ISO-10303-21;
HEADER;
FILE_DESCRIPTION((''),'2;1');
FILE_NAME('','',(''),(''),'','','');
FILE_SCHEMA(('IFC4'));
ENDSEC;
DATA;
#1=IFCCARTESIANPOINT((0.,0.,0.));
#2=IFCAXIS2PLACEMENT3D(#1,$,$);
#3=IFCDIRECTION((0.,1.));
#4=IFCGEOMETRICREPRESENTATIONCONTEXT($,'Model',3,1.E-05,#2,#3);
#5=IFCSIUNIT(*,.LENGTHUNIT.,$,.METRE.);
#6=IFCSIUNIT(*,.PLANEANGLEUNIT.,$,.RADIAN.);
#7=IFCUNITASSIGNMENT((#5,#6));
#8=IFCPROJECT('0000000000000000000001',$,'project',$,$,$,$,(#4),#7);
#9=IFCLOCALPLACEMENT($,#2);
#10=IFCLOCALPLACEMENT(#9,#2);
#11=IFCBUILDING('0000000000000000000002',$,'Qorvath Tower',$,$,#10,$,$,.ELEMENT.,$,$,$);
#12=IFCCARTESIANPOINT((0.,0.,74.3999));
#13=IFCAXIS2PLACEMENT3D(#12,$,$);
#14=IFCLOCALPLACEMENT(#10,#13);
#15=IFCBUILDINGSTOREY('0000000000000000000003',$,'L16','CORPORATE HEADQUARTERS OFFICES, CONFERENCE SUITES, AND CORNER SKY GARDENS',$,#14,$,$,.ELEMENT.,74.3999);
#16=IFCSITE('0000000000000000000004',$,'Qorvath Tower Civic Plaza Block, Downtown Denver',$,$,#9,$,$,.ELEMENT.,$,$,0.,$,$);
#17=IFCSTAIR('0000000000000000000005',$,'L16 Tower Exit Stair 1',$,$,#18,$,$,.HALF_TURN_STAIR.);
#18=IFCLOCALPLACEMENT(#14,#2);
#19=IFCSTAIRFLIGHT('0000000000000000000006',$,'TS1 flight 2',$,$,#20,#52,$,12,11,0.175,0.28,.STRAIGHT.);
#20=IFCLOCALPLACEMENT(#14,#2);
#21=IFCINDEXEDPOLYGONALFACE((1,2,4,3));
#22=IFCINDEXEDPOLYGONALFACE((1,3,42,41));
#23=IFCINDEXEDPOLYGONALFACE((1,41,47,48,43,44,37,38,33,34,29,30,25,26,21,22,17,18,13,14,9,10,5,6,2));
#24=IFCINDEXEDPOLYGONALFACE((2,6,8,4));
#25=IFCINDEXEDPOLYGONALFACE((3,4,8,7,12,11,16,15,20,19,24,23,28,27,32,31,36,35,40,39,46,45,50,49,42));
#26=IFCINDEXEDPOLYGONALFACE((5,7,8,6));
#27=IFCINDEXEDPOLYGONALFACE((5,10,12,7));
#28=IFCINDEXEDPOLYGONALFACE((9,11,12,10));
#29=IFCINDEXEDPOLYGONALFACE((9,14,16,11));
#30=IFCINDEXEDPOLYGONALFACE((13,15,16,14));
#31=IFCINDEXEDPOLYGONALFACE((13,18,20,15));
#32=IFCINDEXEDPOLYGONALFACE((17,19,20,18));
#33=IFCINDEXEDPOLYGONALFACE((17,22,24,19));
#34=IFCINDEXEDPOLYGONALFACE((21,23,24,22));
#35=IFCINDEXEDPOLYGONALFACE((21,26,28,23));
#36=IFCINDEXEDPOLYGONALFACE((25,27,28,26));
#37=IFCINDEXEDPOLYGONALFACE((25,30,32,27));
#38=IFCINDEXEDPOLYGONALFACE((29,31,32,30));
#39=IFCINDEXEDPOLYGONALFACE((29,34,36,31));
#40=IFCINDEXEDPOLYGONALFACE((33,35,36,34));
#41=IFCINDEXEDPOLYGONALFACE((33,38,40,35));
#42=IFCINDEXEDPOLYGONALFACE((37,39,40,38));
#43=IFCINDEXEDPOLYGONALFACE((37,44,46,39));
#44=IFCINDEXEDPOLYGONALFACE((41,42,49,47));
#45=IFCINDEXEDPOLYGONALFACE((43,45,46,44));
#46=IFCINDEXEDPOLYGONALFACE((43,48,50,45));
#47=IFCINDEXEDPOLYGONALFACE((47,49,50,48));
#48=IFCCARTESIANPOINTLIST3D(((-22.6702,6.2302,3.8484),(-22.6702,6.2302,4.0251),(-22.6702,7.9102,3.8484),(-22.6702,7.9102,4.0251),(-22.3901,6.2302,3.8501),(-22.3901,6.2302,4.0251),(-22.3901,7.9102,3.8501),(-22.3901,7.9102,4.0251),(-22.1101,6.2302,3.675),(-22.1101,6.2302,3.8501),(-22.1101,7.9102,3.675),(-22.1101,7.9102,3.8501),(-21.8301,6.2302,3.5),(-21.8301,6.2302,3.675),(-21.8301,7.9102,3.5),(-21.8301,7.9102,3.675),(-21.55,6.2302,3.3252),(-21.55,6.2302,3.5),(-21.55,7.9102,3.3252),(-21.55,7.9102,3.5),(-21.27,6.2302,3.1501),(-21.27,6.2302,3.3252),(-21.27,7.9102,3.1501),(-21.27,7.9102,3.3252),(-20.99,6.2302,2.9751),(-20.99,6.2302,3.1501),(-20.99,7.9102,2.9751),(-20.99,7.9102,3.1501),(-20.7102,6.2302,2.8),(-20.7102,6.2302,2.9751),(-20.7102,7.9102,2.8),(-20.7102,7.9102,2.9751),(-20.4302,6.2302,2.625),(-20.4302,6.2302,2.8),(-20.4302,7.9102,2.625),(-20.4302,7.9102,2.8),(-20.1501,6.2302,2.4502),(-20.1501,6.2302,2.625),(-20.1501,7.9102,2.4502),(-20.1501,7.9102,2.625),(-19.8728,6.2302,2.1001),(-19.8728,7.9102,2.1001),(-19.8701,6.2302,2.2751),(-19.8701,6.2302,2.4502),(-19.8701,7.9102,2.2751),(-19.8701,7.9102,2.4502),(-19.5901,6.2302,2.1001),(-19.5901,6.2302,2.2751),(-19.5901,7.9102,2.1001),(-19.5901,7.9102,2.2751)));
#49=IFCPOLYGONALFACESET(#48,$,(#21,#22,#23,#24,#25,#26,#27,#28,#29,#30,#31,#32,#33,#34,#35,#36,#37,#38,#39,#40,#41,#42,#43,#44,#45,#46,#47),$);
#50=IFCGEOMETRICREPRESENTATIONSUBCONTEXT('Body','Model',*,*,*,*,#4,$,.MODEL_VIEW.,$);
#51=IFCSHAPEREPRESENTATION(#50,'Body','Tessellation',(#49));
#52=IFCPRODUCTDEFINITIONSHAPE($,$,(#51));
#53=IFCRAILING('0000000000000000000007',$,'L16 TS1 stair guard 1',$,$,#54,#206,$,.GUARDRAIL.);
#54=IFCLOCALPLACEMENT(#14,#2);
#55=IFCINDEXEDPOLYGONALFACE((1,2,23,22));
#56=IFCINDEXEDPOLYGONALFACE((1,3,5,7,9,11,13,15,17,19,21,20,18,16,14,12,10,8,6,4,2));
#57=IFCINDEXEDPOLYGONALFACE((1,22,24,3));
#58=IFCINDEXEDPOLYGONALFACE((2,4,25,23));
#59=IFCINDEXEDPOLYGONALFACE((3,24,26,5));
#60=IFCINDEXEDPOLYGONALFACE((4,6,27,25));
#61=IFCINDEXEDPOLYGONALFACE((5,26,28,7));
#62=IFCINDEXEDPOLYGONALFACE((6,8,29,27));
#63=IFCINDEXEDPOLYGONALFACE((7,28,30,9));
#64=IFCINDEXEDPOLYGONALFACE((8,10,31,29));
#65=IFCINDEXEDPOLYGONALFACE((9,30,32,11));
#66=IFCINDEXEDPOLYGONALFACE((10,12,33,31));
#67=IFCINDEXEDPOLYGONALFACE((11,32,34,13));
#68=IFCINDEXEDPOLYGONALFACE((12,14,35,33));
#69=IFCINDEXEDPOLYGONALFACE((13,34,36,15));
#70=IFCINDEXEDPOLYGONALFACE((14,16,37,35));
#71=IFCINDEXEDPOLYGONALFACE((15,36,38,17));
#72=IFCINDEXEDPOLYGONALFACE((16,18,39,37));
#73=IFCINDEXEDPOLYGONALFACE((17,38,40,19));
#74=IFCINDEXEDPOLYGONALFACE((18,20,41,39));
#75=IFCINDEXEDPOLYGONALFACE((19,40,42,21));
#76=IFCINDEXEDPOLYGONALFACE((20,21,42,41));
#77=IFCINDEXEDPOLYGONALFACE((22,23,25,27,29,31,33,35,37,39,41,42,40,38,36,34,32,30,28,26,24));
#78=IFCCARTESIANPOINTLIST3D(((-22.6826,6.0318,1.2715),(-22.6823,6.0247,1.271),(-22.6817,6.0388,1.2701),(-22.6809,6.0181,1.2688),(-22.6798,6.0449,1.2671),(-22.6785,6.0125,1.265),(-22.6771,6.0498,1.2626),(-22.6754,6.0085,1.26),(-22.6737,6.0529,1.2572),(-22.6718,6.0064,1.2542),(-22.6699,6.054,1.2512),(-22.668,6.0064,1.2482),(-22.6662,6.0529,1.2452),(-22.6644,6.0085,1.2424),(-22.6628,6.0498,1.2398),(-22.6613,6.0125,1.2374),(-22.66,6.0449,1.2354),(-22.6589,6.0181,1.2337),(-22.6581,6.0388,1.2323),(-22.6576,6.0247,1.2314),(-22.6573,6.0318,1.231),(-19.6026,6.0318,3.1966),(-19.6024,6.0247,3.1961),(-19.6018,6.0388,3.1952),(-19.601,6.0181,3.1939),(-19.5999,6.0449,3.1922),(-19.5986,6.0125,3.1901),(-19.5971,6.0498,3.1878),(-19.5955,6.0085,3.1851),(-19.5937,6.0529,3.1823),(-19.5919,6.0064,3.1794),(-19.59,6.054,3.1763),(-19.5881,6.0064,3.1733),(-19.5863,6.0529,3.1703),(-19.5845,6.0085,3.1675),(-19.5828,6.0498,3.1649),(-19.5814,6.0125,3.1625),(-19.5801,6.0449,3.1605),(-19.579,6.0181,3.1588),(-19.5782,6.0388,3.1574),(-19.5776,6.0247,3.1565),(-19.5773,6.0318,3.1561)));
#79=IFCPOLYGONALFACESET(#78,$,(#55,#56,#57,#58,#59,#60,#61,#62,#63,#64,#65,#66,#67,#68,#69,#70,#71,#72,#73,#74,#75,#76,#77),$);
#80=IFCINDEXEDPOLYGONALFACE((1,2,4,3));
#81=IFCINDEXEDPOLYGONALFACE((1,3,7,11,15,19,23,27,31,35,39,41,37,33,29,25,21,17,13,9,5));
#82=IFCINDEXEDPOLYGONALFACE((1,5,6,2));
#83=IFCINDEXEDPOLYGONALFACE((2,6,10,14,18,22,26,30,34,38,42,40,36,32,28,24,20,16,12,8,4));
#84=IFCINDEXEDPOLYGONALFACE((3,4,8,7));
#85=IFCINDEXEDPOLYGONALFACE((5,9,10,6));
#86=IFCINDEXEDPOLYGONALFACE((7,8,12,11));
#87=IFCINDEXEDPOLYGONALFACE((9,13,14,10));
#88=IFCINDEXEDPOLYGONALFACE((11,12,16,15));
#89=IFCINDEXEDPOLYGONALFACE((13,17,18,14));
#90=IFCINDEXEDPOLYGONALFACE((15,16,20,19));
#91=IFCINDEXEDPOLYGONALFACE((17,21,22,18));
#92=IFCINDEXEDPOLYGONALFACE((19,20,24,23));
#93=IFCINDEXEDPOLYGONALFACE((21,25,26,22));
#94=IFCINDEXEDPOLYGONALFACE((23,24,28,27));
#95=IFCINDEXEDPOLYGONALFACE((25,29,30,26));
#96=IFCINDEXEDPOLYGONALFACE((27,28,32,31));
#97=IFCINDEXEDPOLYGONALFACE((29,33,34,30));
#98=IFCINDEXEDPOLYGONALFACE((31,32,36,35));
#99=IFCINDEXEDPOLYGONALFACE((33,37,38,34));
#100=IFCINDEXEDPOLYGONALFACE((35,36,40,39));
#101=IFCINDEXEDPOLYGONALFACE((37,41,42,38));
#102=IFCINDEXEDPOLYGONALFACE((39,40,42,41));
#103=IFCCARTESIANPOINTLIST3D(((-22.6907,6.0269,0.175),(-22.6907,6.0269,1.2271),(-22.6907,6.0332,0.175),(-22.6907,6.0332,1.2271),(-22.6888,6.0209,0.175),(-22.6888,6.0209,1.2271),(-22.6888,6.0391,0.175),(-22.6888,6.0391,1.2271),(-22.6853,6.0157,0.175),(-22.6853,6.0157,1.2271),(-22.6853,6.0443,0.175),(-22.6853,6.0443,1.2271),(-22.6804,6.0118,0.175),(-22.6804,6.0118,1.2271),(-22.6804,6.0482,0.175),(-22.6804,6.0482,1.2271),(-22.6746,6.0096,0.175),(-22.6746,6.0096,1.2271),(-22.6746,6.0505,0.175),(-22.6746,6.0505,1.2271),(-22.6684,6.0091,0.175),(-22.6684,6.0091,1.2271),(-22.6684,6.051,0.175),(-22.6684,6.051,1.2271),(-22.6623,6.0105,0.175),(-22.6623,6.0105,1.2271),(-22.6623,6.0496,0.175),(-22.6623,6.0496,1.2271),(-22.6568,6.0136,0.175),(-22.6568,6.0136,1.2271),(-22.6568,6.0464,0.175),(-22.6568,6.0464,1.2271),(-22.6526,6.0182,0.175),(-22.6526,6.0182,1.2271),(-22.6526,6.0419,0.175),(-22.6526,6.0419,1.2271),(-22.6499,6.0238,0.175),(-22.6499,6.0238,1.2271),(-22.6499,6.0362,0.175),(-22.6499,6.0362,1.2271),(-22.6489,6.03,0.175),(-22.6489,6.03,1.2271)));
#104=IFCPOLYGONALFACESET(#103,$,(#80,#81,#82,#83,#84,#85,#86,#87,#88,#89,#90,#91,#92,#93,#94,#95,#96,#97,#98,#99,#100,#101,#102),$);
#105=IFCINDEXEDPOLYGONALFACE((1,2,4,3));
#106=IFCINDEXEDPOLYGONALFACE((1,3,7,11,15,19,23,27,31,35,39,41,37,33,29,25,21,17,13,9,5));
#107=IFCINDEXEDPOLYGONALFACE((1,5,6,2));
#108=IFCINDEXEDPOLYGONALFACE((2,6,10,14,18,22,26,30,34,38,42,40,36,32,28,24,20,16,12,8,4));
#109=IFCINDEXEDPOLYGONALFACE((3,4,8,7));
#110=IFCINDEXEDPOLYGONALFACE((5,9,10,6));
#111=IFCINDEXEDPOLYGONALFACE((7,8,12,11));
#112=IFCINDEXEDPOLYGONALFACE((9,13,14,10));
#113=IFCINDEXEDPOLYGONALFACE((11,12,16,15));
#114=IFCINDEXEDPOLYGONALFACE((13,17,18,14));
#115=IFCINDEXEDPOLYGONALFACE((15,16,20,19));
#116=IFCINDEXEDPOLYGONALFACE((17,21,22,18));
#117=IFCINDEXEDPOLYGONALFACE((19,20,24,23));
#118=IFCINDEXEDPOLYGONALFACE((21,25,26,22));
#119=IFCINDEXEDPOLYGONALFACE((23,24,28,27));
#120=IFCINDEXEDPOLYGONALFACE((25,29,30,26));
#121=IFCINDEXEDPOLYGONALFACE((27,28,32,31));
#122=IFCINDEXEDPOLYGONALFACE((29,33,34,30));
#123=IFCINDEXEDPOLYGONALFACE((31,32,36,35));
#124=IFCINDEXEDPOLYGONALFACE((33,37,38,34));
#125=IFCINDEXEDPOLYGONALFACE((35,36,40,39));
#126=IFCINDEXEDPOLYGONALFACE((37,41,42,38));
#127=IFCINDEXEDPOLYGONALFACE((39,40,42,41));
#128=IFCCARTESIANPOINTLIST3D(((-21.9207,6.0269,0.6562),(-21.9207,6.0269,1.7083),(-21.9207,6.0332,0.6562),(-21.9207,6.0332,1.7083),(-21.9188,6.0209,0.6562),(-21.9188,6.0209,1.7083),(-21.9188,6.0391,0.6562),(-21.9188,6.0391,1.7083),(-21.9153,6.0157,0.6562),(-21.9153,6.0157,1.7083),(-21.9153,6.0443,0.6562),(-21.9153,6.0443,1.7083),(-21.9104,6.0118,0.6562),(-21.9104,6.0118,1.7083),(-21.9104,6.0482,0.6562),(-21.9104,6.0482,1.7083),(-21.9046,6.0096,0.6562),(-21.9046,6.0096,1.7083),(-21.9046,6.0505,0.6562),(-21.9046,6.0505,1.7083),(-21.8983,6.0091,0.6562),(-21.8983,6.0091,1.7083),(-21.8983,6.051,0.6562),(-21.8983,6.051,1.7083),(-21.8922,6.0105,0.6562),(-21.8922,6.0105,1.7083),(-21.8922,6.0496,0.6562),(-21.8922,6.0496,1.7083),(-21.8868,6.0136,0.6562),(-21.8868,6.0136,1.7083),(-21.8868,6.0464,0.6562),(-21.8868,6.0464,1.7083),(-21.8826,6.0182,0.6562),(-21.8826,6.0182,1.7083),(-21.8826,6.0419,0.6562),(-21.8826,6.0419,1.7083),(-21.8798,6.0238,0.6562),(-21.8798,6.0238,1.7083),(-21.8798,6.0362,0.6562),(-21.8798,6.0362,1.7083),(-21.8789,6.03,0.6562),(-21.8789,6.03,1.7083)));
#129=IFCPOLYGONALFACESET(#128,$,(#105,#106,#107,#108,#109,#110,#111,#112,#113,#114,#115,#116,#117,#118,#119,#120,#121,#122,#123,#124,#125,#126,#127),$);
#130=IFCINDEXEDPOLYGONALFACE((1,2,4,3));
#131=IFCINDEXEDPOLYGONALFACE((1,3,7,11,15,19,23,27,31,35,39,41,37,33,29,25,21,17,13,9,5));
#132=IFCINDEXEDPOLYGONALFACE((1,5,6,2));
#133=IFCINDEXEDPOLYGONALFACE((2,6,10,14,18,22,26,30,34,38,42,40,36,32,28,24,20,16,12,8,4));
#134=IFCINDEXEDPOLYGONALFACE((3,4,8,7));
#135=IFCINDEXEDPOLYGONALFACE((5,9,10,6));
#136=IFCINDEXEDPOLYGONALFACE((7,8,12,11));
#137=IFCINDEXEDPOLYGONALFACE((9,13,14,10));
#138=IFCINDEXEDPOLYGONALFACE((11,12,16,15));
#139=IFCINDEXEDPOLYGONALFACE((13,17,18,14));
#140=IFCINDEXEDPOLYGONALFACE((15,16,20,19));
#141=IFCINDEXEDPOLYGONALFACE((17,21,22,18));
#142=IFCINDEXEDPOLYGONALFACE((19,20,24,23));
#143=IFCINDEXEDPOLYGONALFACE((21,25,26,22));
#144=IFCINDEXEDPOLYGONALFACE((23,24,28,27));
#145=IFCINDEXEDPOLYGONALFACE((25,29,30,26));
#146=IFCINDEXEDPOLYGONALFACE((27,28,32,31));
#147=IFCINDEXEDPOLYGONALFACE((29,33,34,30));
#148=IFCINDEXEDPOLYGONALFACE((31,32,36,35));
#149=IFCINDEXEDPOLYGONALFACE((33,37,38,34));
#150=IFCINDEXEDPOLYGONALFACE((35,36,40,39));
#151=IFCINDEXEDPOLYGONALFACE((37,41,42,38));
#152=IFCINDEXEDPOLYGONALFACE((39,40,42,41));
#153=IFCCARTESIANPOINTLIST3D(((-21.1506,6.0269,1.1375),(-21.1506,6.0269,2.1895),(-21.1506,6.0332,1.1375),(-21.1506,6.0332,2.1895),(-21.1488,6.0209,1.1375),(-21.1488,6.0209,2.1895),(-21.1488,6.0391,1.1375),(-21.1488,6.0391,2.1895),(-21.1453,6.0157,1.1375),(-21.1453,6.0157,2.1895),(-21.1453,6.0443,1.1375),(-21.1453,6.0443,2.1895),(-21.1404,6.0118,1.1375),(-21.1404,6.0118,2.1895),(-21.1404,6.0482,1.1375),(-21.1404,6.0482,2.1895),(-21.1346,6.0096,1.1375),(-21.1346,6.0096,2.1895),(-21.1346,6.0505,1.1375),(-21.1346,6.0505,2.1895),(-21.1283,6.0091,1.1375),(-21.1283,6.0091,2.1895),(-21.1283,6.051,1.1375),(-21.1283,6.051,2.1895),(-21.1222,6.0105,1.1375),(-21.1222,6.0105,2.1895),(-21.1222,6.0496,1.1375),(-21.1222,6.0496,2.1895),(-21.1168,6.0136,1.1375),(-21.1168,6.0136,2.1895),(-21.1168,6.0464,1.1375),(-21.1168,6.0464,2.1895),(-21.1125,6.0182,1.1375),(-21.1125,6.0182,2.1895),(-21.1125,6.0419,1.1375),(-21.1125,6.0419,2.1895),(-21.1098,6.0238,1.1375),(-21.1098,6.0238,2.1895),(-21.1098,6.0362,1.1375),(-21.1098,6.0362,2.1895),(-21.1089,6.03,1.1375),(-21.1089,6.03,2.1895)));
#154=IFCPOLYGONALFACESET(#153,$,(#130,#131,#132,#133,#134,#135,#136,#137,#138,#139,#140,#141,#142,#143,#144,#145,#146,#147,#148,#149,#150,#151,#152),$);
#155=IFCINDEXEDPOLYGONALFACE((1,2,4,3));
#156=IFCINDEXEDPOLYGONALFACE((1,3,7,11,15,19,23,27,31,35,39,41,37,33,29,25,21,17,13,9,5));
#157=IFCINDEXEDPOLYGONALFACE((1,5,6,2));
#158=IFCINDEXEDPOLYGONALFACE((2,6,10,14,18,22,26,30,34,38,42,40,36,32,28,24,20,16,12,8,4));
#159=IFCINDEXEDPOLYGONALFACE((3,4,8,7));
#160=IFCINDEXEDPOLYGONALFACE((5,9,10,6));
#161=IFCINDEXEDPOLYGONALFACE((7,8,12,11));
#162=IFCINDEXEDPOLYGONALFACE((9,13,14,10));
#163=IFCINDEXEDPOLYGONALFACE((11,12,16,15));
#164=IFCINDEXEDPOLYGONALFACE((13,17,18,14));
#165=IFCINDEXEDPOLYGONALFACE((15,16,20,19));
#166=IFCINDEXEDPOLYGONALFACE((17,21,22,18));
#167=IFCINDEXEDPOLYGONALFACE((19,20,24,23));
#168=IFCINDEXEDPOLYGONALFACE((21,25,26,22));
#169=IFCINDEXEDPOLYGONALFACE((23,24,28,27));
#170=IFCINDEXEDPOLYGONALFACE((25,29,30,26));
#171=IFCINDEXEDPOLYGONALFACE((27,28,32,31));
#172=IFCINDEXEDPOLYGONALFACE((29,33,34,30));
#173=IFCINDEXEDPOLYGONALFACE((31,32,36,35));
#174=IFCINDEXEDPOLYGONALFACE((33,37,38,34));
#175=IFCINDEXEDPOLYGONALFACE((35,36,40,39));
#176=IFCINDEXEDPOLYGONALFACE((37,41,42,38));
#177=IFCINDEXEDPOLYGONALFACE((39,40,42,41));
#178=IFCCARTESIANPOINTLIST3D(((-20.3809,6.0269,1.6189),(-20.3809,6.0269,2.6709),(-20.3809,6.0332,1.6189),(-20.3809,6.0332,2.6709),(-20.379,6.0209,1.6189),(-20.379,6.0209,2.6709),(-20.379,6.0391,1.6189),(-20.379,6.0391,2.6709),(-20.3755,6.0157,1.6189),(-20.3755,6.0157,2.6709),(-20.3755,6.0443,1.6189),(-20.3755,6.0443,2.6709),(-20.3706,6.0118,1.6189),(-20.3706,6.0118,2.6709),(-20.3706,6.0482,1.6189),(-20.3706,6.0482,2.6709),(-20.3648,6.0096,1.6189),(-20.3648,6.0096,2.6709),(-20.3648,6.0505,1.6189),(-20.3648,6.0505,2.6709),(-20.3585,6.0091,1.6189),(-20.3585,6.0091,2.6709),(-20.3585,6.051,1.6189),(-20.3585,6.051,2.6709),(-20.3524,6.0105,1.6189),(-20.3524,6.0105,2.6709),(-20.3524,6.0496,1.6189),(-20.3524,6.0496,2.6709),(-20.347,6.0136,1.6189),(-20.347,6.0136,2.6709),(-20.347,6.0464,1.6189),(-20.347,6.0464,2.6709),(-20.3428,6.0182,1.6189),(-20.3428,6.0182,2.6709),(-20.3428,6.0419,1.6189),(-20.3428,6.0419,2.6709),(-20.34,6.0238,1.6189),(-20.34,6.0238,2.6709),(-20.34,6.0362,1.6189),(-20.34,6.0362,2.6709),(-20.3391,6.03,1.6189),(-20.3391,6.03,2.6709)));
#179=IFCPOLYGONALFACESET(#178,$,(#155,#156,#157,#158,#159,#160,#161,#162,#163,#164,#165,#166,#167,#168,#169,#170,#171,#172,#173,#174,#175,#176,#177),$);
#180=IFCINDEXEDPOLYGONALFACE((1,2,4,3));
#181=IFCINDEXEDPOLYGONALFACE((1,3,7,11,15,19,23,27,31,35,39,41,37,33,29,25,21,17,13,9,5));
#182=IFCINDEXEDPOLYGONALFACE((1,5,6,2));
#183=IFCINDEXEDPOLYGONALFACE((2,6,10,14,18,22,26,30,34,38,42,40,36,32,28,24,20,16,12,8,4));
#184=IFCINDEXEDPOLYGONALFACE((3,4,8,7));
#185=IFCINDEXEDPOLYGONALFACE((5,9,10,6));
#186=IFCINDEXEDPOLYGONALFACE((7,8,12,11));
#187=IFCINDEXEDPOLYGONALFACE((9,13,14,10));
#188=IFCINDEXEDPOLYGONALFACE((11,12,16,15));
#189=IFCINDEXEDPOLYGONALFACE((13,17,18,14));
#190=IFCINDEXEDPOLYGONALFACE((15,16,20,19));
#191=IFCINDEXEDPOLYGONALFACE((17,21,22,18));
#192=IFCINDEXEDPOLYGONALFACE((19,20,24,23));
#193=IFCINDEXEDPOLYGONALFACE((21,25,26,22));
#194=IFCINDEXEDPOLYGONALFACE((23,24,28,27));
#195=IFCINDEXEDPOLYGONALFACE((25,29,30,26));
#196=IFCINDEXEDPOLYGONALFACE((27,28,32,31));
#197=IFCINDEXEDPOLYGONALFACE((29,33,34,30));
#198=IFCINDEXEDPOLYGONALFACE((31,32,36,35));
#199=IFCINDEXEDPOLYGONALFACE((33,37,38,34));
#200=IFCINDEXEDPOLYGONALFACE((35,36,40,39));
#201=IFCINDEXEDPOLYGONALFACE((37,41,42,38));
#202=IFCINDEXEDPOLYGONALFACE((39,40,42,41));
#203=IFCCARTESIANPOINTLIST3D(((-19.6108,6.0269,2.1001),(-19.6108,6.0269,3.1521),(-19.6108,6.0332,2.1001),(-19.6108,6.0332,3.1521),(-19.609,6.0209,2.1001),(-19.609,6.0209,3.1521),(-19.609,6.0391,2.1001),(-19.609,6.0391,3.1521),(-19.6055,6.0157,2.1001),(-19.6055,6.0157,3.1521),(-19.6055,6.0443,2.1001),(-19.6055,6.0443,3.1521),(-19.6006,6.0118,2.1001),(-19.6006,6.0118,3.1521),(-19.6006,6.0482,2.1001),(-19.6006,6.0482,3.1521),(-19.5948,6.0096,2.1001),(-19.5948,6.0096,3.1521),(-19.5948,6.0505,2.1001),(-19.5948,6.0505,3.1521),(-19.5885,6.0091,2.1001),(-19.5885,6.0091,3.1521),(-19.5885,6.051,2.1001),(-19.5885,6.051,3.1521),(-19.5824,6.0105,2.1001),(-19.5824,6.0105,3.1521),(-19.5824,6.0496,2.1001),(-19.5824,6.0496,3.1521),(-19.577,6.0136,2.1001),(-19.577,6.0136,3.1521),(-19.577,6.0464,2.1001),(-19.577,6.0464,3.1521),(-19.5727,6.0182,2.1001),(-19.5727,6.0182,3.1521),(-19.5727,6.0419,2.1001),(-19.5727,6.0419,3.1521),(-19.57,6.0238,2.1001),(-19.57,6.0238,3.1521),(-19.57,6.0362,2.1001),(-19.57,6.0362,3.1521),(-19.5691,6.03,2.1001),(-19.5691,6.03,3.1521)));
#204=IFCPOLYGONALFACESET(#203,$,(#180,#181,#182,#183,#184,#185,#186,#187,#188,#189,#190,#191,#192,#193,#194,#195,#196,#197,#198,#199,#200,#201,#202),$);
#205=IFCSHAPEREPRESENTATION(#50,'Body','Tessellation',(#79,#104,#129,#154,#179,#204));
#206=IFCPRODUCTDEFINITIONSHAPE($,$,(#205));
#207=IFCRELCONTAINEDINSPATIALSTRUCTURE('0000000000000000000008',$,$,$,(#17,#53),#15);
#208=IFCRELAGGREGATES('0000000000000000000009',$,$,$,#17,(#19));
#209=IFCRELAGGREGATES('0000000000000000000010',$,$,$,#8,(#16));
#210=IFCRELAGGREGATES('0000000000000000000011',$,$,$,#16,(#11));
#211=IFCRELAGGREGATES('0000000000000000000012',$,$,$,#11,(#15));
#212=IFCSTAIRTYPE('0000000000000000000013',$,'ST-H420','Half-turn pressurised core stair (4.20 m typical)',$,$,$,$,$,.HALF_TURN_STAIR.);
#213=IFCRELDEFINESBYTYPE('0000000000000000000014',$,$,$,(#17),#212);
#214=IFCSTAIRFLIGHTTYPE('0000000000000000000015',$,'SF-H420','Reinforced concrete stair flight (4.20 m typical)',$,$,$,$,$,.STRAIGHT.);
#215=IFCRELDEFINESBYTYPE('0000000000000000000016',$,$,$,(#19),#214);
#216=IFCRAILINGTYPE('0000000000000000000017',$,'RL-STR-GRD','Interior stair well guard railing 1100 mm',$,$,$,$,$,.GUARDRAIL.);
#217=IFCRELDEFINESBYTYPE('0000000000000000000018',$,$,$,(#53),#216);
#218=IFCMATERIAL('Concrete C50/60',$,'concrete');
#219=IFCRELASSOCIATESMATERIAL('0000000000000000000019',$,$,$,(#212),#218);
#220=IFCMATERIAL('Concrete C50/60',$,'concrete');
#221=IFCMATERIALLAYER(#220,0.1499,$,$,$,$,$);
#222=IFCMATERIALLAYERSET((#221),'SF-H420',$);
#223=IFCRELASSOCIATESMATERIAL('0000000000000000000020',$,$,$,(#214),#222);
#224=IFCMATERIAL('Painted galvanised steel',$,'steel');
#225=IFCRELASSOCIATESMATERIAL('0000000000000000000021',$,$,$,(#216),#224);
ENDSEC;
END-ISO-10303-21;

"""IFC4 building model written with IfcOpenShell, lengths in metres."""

from ifc_helpers import new_model, si_unit, direction, frame, origin, origin_2d, place, context, subcontext, project, spatial, polyline, circle, outline, extrude, material, layer, layer_set, type_object, element, aggregate, save


model = new_model("IFC4")

# Units and contexts
model_context = context("Model", 3, precision=1e-05, world=origin(), true_north=direction((0.0, 1.0)))
body_context = subcontext(model_context, "Body", "Model", "MODEL_VIEW")
ifc_project = project(units=[si_unit("LENGTHUNIT", "METRE"), si_unit("PLANEANGLEUNIT", "RADIAN")], contexts=[model_context])

# Site, building, storey
site_placement = place(None, origin())
site = spatial("IfcSite", under=ifc_project, at=site_placement, Name="Qorvath Tower Civic Plaza Block, Downtown Denver", CompositionType="ELEMENT", RefElevation=0.0)
building_placement = place(site_placement, origin())
building = spatial("IfcBuilding", under=site, at=building_placement, Name="Qorvath Tower", CompositionType="ELEMENT")
storey_placement = place(building_placement, frame((0.0, 0.0, 74.3999)))
storey = spatial("IfcBuildingStorey", under=building, at=storey_placement, Name="L16", Description="CORPORATE HEADQUARTERS OFFICES, CONFERENCE SUITES, AND CORNER SKY GARDENS", CompositionType="ELEMENT", Elevation=74.3999)

# Stair, stair flight
ifc_material_1 = material(Name="Concrete C50/60", Category="concrete")
stair_type = type_object("IfcStairType", Name="ST-H420", Description="Half-turn pressurised core stair (4.20 m typical)", PredefinedType="HALF_TURN_STAIR", material=ifc_material_1)
stair_placement = place(storey_placement, origin())
stair = element("IfcStair", 1, at=stair_placement, inside=storey, type_object=stair_type, Name="L16 Tower Exit Stair 1", PredefinedType="HALF_TURN_STAIR")
ifc_material_2 = material(Name="Concrete C50/60", Category="concrete")
ifc_layer_1 = layer(ifc_material_2, 0.1499)
ifc_layer_set_1 = layer_set([ifc_layer_1], Name="SF-H420")
stair_flight_type = type_object("IfcStairFlightType", Name="SF-H420", Description="Reinforced concrete stair flight (4.20 m typical)", PredefinedType="STRAIGHT", material=ifc_layer_set_1)
stair_flight_1_placement = place(storey_placement, frame((-19.5901, 7.0701, 2.1001), z_axis=(0.0, 0.0, 1.0), x_axis=(-1.0, 0.0, 0.0)))
stair_flight_1 = element("IfcStairFlight", 2, at=stair_flight_1_placement, type_object=stair_flight_type, Name="TS1 flight 2", NumberOfRisers=12, NumberOfTreads=11, PredefinedType="STRAIGHT", RiserHeight=0.175, TreadLength=0.28, context=body_context, shape_type="SweptSolid", body=[
    extrude(outline(polyline([(0.0, 0.0), (0.0, 0.175), (0.28, 0.175), (0.28, 0.3501), (0.5601, 0.3501), (0.5601, 0.5249), (0.8401, 0.5249), (0.8401, 0.7), (1.1201, 0.7), (1.1201, 0.875), (1.3999, 0.875), (1.3999, 1.05), (1.6799, 1.05), (1.6799, 1.2251), (1.96, 1.2251), (1.96, 1.3999), (2.24, 1.3999), (2.24, 1.575), (2.52, 1.575), (2.52, 1.75), (2.8, 1.75), (2.8, 1.925), (3.0801, 1.925), (3.0801, 2.1001), (3.0801, 1.7483), (0.2827, 0.0), (0.0, 0.0)])), frame((0.0, 0.8398, 0.0), z_axis=(0.0, -1.0, 0.0), x_axis=(1.0, 0.0, 0.0)), (0.0, 0.0, 1.0), 1.6799),
])
aggregate(stair, [stair_flight_1])

# Railing
ifc_material_3 = material(Name="Painted galvanised steel", Category="steel")
railing_type_1 = type_object("IfcRailingType", Name="RL-STR-GRD", Description="Interior stair well guard railing 1100 mm", PredefinedType="GUARDRAIL", material=ifc_material_3)
railing_1_placement = place(storey_placement, frame((-22.6699, 6.03, 0.175)))
element("IfcRailing", 3, at=railing_1_placement, inside=storey, type_object=railing_type_1, Name="L16 TS1 stair guard 1", PredefinedType="GUARDRAIL", context=body_context, shape_type="SweptSolid", body=[
    extrude(circle(Radius=0.0239, at=origin_2d()), frame((0.0, 0.0, 1.0762), z_axis=(0.847979, 0.0, 0.530029), x_axis=(0.0, 1.0, 0.0)), (0.0, 0.0, 1.0), 3.6321),
    extrude(circle(Radius=0.021, at=origin_2d()), origin(), (0.0, 0.0, 1.0), 1.052),
    extrude(circle(Radius=0.021, at=origin_2d()), frame((0.77, 0.0, 0.4812)), (0.0, 0.0, 1.0), 1.052),
    extrude(circle(Radius=0.021, at=origin_2d()), frame((1.54, 0.0, 0.9624)), (0.0, 0.0, 1.0), 1.052),
    extrude(circle(Radius=0.021, at=origin_2d()), frame((2.3098, 0.0, 1.4438)), (0.0, 0.0, 1.0), 1.052),
    extrude(circle(Radius=0.021, at=origin_2d()), frame((3.0798, 0.0, 1.925)), (0.0, 0.0, 1.0), 1.052),
])

save(model, "model.ifc")
